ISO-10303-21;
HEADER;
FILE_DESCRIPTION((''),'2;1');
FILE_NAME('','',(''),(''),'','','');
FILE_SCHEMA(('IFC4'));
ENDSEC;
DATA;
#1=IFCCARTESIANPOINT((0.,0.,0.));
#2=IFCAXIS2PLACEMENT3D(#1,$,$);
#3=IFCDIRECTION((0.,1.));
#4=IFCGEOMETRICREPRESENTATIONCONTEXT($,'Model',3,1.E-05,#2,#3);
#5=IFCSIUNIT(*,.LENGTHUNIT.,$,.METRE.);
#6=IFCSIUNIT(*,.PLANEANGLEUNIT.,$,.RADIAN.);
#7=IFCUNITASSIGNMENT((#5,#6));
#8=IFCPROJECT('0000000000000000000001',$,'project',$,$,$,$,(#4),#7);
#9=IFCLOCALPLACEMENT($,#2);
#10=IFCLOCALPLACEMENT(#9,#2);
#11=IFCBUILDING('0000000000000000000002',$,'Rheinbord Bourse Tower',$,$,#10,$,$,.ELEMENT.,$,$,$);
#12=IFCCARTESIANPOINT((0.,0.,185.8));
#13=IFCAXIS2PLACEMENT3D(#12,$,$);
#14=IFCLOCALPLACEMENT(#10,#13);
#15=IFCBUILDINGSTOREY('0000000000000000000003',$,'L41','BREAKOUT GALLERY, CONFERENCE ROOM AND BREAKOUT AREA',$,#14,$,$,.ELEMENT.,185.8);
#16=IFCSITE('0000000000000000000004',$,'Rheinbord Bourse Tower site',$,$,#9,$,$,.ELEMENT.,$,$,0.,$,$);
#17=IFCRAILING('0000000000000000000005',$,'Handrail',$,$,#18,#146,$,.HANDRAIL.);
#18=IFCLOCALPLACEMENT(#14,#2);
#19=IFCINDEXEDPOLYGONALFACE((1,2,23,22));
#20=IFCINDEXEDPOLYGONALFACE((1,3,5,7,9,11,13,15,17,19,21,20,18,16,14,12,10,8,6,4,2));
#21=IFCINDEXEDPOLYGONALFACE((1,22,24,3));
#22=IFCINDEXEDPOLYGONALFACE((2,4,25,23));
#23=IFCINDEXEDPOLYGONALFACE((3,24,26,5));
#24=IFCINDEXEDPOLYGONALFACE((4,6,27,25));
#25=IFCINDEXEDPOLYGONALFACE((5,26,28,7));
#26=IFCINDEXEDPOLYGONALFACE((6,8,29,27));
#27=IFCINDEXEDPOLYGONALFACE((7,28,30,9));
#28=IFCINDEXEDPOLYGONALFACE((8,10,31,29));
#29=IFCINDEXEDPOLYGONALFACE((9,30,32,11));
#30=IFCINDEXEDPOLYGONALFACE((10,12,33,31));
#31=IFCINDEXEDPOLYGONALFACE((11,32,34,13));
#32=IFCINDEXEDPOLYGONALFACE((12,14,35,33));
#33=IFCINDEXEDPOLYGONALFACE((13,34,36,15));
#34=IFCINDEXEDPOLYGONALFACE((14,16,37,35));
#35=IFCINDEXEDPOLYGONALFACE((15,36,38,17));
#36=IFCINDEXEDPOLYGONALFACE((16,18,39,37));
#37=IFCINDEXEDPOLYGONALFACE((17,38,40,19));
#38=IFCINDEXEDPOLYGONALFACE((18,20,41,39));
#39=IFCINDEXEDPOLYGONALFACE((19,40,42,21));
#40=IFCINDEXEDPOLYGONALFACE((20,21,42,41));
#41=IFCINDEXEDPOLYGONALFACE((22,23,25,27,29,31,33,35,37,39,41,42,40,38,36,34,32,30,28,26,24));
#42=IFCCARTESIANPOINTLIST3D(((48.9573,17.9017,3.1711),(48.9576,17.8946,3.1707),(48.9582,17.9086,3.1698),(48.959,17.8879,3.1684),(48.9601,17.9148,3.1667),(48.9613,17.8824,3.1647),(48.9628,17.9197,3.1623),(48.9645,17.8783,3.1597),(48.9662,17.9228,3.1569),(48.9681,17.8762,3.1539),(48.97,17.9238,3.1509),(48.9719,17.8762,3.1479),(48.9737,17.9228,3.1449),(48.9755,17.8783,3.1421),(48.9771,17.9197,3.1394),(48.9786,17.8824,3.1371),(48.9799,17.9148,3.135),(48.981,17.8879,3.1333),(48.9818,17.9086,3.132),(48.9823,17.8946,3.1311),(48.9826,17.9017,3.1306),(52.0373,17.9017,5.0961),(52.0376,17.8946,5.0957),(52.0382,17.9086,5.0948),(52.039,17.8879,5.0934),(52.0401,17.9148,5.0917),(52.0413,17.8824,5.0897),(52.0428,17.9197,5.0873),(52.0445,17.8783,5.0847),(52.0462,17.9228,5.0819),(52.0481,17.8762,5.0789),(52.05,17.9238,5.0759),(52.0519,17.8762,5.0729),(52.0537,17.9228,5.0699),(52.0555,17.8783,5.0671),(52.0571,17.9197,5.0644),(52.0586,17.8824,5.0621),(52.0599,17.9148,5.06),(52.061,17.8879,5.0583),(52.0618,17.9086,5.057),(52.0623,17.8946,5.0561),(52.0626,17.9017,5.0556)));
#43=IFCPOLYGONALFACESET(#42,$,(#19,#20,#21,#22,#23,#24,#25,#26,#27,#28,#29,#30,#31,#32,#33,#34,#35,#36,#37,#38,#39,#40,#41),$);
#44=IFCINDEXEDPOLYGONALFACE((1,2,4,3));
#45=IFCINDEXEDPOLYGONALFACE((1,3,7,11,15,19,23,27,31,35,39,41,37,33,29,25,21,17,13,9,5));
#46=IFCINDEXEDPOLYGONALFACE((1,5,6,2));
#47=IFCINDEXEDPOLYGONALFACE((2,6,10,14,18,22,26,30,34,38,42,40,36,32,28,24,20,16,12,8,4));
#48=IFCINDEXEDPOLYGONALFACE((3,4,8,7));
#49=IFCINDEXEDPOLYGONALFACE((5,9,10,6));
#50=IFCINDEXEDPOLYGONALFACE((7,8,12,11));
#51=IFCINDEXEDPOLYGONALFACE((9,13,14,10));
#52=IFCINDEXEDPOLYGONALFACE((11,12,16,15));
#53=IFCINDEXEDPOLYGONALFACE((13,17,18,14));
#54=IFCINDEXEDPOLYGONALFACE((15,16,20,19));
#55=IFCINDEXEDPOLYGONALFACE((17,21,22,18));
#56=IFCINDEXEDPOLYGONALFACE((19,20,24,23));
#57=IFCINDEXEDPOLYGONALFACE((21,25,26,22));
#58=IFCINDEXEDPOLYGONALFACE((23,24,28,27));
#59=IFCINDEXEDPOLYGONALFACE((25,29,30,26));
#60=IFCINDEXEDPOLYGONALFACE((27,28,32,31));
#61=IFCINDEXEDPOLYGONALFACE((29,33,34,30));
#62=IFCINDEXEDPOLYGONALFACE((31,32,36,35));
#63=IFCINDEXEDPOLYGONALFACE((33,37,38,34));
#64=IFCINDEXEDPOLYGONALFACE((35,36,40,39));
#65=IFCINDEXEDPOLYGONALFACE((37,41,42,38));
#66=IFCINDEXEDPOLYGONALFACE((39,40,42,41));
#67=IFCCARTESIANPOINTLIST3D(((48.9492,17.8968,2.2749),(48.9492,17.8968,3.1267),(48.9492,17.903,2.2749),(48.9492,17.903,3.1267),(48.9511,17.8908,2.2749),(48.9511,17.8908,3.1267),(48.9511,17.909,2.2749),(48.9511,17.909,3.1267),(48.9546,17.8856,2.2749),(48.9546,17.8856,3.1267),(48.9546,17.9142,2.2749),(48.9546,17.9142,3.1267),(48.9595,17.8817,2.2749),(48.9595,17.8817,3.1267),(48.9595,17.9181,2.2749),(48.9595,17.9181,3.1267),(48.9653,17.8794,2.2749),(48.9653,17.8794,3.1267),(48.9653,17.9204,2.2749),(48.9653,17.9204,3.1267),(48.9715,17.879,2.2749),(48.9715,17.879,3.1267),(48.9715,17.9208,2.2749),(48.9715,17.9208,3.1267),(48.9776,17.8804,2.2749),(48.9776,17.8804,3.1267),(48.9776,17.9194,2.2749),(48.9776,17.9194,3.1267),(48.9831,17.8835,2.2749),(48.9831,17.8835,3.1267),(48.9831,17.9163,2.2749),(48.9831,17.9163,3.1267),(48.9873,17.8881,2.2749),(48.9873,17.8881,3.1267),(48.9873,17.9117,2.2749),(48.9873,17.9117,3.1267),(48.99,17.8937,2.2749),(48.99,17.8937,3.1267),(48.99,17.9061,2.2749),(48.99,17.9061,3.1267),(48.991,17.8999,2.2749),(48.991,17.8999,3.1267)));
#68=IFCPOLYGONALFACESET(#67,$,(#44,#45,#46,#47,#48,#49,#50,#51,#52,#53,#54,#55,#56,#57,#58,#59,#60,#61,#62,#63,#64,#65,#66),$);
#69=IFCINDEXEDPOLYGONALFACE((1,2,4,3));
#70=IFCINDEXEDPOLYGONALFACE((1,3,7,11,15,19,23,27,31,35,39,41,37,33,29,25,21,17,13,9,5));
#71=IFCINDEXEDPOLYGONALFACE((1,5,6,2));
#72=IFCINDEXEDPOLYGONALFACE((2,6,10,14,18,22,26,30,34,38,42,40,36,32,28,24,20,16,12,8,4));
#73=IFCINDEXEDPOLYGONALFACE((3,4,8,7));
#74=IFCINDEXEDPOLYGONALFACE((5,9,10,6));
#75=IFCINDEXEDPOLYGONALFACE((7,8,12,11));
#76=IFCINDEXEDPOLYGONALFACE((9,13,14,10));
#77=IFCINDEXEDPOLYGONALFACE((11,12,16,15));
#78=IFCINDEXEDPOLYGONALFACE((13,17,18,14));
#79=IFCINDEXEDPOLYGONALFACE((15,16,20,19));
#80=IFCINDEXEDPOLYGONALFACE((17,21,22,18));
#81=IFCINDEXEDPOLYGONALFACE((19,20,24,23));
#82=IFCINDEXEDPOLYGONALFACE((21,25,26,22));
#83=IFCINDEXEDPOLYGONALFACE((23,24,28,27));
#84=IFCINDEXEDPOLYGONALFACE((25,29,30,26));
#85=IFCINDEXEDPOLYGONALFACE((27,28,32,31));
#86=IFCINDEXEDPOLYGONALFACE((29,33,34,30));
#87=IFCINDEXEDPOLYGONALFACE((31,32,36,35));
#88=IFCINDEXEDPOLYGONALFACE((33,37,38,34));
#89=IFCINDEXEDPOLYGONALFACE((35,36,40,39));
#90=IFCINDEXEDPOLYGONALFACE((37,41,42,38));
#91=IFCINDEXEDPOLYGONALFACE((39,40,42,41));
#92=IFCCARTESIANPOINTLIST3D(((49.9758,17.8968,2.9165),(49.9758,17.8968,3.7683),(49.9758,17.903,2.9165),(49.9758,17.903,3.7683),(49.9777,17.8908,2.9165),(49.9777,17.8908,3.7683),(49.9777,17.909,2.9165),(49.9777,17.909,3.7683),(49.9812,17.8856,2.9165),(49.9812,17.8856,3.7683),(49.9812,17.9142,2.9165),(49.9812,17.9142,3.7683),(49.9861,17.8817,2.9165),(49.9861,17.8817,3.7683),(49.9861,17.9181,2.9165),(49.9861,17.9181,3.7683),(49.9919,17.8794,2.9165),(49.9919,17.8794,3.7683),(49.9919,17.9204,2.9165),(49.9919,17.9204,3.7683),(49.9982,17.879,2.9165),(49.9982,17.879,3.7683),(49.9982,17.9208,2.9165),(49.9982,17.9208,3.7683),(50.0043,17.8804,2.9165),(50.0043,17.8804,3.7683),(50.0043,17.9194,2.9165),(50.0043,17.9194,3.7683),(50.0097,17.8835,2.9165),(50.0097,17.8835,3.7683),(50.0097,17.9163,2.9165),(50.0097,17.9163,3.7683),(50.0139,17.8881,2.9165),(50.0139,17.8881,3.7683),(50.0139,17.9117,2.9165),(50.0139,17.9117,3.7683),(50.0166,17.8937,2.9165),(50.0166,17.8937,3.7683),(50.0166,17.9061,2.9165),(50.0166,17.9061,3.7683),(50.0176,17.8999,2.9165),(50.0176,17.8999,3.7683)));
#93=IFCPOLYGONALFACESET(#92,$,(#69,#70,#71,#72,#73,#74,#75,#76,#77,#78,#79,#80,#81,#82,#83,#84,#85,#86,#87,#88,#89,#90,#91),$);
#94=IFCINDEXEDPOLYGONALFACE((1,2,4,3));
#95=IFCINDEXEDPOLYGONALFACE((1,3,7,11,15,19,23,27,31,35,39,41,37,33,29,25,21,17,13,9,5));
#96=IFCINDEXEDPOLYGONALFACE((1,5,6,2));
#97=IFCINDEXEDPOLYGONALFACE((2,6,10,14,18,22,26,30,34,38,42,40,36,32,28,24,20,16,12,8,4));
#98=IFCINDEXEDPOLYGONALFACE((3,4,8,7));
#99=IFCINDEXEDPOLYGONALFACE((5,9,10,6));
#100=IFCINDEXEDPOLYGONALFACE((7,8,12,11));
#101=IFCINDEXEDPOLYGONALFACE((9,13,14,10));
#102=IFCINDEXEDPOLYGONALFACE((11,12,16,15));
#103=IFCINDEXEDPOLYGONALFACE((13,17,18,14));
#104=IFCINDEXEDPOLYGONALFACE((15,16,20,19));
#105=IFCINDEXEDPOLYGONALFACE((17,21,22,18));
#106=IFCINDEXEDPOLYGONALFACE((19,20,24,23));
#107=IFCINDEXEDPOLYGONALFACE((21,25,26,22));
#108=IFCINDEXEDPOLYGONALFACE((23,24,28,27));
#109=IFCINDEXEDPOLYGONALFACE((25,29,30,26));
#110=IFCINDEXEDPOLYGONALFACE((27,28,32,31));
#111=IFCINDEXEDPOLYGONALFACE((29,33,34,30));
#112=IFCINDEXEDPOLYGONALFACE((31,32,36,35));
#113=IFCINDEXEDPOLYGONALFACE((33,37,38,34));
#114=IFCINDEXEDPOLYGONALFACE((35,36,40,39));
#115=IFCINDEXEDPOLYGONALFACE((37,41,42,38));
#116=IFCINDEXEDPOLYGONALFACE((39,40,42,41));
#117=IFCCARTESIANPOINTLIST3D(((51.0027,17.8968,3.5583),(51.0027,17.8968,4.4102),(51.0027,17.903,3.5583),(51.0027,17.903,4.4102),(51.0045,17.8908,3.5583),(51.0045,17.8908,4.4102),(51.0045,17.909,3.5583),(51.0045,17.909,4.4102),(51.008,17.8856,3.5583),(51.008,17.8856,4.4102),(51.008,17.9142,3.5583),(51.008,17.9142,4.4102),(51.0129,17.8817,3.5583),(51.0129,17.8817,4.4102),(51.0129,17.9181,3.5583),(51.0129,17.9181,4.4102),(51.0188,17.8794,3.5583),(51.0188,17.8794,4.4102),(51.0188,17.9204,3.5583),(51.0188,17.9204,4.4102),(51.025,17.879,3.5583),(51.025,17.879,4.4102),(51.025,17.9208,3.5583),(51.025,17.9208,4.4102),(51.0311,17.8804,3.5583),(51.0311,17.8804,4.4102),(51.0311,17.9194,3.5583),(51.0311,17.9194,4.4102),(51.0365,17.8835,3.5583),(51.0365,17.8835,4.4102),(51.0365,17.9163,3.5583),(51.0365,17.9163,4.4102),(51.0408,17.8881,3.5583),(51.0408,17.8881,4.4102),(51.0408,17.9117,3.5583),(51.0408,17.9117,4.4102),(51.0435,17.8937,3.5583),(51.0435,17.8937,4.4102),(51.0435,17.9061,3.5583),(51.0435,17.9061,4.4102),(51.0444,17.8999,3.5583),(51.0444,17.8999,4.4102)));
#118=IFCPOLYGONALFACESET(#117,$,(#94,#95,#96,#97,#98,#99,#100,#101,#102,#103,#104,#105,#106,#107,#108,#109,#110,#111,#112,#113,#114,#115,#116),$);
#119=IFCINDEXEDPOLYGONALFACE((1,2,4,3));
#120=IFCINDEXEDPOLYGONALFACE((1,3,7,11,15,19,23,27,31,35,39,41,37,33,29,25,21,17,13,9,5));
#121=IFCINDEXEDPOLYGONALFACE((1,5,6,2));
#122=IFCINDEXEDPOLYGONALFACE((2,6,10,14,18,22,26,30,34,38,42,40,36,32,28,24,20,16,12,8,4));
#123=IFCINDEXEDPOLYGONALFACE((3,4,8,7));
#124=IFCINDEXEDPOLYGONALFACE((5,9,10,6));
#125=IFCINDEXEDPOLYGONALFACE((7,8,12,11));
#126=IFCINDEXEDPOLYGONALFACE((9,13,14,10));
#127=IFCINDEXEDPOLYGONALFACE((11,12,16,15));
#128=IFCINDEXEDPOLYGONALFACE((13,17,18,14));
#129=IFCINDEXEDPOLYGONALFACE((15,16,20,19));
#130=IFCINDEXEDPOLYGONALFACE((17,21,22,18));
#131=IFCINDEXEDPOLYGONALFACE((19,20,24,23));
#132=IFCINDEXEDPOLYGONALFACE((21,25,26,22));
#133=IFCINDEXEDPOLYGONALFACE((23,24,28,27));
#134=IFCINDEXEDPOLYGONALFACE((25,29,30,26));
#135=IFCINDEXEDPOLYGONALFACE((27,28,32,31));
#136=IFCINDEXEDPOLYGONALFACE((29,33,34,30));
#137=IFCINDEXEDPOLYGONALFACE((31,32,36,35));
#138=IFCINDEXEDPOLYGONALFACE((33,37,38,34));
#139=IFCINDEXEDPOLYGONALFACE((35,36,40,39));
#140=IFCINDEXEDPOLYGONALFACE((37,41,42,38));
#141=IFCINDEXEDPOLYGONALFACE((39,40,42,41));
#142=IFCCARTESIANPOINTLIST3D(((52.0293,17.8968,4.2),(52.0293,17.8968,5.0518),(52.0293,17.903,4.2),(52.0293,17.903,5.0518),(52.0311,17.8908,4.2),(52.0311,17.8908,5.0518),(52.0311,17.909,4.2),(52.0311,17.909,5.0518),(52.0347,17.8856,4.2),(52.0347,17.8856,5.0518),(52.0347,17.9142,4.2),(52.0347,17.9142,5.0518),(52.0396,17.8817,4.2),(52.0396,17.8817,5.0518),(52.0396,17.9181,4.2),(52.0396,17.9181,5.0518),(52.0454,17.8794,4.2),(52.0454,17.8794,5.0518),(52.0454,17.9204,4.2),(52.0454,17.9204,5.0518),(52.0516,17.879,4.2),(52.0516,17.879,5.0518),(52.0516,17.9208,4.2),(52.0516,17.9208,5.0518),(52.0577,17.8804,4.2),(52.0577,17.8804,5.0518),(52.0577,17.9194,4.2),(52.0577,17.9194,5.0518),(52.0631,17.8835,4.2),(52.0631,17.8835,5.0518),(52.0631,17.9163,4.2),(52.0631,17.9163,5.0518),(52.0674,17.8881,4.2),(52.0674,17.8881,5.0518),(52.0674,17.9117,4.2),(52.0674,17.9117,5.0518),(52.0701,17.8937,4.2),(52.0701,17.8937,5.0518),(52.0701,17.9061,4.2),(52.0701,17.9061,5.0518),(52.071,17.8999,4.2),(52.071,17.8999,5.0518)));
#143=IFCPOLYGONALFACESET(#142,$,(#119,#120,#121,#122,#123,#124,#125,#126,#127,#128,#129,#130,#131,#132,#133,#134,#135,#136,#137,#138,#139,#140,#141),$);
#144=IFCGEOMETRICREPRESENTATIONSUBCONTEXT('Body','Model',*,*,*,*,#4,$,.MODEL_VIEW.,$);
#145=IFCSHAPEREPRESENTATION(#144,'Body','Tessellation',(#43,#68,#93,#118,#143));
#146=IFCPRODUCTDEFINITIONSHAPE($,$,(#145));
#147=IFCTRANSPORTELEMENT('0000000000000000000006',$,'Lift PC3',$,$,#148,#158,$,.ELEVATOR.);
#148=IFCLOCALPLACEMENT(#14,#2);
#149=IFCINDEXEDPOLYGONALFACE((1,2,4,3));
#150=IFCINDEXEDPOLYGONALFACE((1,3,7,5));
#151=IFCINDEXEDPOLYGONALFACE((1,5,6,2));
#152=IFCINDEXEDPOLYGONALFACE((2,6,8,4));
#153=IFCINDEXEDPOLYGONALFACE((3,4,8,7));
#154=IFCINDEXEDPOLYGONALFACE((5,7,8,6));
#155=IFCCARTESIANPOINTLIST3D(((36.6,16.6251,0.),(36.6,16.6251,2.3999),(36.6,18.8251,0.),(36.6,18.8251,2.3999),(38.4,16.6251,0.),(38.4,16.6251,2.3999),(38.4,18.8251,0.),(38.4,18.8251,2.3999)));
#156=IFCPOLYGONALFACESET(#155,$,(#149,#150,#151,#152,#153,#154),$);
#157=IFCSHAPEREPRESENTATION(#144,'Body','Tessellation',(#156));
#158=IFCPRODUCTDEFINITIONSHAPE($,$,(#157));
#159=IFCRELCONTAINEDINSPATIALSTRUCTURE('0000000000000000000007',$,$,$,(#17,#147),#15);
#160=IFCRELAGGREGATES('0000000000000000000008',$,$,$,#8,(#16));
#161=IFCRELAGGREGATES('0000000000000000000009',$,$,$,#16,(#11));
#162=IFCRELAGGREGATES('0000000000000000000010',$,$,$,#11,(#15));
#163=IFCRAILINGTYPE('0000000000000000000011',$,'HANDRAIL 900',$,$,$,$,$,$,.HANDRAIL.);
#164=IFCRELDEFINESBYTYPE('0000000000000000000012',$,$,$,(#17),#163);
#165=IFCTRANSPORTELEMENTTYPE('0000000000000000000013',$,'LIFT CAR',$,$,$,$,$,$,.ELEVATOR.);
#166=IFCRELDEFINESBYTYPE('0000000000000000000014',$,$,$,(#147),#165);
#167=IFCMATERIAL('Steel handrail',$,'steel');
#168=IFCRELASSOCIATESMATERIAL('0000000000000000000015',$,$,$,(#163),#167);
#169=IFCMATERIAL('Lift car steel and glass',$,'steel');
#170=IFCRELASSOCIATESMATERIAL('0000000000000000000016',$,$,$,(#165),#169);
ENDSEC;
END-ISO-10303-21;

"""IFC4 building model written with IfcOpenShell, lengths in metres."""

from ifc_helpers import new_model, si_unit, direction, frame, origin, origin_2d, place, context, subcontext, project, spatial, rectangle, circle, extrude, material, type_object, element, save


model = new_model("IFC4")

# Units and contexts
model_context = context("Model", 3, precision=1e-05, world=origin(), true_north=direction((0.0, 1.0)))
body_context = subcontext(model_context, "Body", "Model", "MODEL_VIEW")
ifc_project = project(units=[si_unit("LENGTHUNIT", "METRE"), si_unit("PLANEANGLEUNIT", "RADIAN")], contexts=[model_context])

# Site, building, storey
site_placement = place(None, origin())
site = spatial("IfcSite", under=ifc_project, at=site_placement, Name="Rheinbord Bourse Tower site", CompositionType="ELEMENT", RefElevation=0.0)
building_placement = place(site_placement, origin())
building = spatial("IfcBuilding", under=site, at=building_placement, Name="Rheinbord Bourse Tower", CompositionType="ELEMENT")
storey_placement = place(building_placement, frame((0.0, 0.0, 185.8)))
storey = spatial("IfcBuildingStorey", under=building, at=storey_placement, Name="L41", Description="BREAKOUT GALLERY, CONFERENCE ROOM AND BREAKOUT AREA", CompositionType="ELEMENT", Elevation=185.8)

# Railing
ifc_material_1 = material(Name="Steel handrail", Category="steel")
railing_type = type_object("IfcRailingType", Name="HANDRAIL 900", PredefinedType="HANDRAIL", material=ifc_material_1)
railing_1_placement = place(storey_placement, frame((48.97, 17.8999, 2.2749)))
element("IfcRailing", 1, at=railing_1_placement, inside=storey, type_object=railing_type, Name="Handrail", PredefinedType="HANDRAIL", context=body_context, shape_type="SweptSolid", body=[
    extrude(circle(Radius=0.0239, at=origin_2d()), frame((0.0, 0.0, 0.876), z_axis=(0.847998, 0.0, 0.529999), x_axis=(0.0, 1.0, 0.0)), (0.0, 0.0, 1.0), 3.6321),
    extrude(circle(Radius=0.021, at=origin_2d()), origin(), (0.0, 0.0, 1.0), 0.8518),
    extrude(circle(Radius=0.021, at=origin_2d()), frame((1.0266, 0.0, 0.6416)), (0.0, 0.0, 1.0), 0.8518),
    extrude(circle(Radius=0.021, at=origin_2d()), frame((2.0535, 0.0, 1.2834)), (0.0, 0.0, 1.0), 0.8518),
    extrude(circle(Radius=0.021, at=origin_2d()), frame((3.0801, 0.0, 1.925)), (0.0, 0.0, 1.0), 0.8518),
])

# Transport element
ifc_material_2 = material(Name="Lift car steel and glass", Category="steel")
transport_element_type = type_object("IfcTransportElementType", Name="LIFT CAR", PredefinedType="ELEVATOR", material=ifc_material_2)
transport_element_placement = place(storey_placement, frame((37.5, 17.7251, 0.0), z_axis=(0.0, 0.0, 1.0), x_axis=(1.0, 0.0, 0.0)))
element("IfcTransportElement", 2, at=transport_element_placement, inside=storey, type_object=transport_element_type, Name="Lift PC3", PredefinedType="ELEVATOR", context=body_context, shape_type="SweptSolid", body=[
    extrude(rectangle(XDim=1.8, YDim=2.2, at=origin_2d()), origin(), (0.0, 0.0, 1.0), 2.3999),
])

save(model, "model.ifc")
